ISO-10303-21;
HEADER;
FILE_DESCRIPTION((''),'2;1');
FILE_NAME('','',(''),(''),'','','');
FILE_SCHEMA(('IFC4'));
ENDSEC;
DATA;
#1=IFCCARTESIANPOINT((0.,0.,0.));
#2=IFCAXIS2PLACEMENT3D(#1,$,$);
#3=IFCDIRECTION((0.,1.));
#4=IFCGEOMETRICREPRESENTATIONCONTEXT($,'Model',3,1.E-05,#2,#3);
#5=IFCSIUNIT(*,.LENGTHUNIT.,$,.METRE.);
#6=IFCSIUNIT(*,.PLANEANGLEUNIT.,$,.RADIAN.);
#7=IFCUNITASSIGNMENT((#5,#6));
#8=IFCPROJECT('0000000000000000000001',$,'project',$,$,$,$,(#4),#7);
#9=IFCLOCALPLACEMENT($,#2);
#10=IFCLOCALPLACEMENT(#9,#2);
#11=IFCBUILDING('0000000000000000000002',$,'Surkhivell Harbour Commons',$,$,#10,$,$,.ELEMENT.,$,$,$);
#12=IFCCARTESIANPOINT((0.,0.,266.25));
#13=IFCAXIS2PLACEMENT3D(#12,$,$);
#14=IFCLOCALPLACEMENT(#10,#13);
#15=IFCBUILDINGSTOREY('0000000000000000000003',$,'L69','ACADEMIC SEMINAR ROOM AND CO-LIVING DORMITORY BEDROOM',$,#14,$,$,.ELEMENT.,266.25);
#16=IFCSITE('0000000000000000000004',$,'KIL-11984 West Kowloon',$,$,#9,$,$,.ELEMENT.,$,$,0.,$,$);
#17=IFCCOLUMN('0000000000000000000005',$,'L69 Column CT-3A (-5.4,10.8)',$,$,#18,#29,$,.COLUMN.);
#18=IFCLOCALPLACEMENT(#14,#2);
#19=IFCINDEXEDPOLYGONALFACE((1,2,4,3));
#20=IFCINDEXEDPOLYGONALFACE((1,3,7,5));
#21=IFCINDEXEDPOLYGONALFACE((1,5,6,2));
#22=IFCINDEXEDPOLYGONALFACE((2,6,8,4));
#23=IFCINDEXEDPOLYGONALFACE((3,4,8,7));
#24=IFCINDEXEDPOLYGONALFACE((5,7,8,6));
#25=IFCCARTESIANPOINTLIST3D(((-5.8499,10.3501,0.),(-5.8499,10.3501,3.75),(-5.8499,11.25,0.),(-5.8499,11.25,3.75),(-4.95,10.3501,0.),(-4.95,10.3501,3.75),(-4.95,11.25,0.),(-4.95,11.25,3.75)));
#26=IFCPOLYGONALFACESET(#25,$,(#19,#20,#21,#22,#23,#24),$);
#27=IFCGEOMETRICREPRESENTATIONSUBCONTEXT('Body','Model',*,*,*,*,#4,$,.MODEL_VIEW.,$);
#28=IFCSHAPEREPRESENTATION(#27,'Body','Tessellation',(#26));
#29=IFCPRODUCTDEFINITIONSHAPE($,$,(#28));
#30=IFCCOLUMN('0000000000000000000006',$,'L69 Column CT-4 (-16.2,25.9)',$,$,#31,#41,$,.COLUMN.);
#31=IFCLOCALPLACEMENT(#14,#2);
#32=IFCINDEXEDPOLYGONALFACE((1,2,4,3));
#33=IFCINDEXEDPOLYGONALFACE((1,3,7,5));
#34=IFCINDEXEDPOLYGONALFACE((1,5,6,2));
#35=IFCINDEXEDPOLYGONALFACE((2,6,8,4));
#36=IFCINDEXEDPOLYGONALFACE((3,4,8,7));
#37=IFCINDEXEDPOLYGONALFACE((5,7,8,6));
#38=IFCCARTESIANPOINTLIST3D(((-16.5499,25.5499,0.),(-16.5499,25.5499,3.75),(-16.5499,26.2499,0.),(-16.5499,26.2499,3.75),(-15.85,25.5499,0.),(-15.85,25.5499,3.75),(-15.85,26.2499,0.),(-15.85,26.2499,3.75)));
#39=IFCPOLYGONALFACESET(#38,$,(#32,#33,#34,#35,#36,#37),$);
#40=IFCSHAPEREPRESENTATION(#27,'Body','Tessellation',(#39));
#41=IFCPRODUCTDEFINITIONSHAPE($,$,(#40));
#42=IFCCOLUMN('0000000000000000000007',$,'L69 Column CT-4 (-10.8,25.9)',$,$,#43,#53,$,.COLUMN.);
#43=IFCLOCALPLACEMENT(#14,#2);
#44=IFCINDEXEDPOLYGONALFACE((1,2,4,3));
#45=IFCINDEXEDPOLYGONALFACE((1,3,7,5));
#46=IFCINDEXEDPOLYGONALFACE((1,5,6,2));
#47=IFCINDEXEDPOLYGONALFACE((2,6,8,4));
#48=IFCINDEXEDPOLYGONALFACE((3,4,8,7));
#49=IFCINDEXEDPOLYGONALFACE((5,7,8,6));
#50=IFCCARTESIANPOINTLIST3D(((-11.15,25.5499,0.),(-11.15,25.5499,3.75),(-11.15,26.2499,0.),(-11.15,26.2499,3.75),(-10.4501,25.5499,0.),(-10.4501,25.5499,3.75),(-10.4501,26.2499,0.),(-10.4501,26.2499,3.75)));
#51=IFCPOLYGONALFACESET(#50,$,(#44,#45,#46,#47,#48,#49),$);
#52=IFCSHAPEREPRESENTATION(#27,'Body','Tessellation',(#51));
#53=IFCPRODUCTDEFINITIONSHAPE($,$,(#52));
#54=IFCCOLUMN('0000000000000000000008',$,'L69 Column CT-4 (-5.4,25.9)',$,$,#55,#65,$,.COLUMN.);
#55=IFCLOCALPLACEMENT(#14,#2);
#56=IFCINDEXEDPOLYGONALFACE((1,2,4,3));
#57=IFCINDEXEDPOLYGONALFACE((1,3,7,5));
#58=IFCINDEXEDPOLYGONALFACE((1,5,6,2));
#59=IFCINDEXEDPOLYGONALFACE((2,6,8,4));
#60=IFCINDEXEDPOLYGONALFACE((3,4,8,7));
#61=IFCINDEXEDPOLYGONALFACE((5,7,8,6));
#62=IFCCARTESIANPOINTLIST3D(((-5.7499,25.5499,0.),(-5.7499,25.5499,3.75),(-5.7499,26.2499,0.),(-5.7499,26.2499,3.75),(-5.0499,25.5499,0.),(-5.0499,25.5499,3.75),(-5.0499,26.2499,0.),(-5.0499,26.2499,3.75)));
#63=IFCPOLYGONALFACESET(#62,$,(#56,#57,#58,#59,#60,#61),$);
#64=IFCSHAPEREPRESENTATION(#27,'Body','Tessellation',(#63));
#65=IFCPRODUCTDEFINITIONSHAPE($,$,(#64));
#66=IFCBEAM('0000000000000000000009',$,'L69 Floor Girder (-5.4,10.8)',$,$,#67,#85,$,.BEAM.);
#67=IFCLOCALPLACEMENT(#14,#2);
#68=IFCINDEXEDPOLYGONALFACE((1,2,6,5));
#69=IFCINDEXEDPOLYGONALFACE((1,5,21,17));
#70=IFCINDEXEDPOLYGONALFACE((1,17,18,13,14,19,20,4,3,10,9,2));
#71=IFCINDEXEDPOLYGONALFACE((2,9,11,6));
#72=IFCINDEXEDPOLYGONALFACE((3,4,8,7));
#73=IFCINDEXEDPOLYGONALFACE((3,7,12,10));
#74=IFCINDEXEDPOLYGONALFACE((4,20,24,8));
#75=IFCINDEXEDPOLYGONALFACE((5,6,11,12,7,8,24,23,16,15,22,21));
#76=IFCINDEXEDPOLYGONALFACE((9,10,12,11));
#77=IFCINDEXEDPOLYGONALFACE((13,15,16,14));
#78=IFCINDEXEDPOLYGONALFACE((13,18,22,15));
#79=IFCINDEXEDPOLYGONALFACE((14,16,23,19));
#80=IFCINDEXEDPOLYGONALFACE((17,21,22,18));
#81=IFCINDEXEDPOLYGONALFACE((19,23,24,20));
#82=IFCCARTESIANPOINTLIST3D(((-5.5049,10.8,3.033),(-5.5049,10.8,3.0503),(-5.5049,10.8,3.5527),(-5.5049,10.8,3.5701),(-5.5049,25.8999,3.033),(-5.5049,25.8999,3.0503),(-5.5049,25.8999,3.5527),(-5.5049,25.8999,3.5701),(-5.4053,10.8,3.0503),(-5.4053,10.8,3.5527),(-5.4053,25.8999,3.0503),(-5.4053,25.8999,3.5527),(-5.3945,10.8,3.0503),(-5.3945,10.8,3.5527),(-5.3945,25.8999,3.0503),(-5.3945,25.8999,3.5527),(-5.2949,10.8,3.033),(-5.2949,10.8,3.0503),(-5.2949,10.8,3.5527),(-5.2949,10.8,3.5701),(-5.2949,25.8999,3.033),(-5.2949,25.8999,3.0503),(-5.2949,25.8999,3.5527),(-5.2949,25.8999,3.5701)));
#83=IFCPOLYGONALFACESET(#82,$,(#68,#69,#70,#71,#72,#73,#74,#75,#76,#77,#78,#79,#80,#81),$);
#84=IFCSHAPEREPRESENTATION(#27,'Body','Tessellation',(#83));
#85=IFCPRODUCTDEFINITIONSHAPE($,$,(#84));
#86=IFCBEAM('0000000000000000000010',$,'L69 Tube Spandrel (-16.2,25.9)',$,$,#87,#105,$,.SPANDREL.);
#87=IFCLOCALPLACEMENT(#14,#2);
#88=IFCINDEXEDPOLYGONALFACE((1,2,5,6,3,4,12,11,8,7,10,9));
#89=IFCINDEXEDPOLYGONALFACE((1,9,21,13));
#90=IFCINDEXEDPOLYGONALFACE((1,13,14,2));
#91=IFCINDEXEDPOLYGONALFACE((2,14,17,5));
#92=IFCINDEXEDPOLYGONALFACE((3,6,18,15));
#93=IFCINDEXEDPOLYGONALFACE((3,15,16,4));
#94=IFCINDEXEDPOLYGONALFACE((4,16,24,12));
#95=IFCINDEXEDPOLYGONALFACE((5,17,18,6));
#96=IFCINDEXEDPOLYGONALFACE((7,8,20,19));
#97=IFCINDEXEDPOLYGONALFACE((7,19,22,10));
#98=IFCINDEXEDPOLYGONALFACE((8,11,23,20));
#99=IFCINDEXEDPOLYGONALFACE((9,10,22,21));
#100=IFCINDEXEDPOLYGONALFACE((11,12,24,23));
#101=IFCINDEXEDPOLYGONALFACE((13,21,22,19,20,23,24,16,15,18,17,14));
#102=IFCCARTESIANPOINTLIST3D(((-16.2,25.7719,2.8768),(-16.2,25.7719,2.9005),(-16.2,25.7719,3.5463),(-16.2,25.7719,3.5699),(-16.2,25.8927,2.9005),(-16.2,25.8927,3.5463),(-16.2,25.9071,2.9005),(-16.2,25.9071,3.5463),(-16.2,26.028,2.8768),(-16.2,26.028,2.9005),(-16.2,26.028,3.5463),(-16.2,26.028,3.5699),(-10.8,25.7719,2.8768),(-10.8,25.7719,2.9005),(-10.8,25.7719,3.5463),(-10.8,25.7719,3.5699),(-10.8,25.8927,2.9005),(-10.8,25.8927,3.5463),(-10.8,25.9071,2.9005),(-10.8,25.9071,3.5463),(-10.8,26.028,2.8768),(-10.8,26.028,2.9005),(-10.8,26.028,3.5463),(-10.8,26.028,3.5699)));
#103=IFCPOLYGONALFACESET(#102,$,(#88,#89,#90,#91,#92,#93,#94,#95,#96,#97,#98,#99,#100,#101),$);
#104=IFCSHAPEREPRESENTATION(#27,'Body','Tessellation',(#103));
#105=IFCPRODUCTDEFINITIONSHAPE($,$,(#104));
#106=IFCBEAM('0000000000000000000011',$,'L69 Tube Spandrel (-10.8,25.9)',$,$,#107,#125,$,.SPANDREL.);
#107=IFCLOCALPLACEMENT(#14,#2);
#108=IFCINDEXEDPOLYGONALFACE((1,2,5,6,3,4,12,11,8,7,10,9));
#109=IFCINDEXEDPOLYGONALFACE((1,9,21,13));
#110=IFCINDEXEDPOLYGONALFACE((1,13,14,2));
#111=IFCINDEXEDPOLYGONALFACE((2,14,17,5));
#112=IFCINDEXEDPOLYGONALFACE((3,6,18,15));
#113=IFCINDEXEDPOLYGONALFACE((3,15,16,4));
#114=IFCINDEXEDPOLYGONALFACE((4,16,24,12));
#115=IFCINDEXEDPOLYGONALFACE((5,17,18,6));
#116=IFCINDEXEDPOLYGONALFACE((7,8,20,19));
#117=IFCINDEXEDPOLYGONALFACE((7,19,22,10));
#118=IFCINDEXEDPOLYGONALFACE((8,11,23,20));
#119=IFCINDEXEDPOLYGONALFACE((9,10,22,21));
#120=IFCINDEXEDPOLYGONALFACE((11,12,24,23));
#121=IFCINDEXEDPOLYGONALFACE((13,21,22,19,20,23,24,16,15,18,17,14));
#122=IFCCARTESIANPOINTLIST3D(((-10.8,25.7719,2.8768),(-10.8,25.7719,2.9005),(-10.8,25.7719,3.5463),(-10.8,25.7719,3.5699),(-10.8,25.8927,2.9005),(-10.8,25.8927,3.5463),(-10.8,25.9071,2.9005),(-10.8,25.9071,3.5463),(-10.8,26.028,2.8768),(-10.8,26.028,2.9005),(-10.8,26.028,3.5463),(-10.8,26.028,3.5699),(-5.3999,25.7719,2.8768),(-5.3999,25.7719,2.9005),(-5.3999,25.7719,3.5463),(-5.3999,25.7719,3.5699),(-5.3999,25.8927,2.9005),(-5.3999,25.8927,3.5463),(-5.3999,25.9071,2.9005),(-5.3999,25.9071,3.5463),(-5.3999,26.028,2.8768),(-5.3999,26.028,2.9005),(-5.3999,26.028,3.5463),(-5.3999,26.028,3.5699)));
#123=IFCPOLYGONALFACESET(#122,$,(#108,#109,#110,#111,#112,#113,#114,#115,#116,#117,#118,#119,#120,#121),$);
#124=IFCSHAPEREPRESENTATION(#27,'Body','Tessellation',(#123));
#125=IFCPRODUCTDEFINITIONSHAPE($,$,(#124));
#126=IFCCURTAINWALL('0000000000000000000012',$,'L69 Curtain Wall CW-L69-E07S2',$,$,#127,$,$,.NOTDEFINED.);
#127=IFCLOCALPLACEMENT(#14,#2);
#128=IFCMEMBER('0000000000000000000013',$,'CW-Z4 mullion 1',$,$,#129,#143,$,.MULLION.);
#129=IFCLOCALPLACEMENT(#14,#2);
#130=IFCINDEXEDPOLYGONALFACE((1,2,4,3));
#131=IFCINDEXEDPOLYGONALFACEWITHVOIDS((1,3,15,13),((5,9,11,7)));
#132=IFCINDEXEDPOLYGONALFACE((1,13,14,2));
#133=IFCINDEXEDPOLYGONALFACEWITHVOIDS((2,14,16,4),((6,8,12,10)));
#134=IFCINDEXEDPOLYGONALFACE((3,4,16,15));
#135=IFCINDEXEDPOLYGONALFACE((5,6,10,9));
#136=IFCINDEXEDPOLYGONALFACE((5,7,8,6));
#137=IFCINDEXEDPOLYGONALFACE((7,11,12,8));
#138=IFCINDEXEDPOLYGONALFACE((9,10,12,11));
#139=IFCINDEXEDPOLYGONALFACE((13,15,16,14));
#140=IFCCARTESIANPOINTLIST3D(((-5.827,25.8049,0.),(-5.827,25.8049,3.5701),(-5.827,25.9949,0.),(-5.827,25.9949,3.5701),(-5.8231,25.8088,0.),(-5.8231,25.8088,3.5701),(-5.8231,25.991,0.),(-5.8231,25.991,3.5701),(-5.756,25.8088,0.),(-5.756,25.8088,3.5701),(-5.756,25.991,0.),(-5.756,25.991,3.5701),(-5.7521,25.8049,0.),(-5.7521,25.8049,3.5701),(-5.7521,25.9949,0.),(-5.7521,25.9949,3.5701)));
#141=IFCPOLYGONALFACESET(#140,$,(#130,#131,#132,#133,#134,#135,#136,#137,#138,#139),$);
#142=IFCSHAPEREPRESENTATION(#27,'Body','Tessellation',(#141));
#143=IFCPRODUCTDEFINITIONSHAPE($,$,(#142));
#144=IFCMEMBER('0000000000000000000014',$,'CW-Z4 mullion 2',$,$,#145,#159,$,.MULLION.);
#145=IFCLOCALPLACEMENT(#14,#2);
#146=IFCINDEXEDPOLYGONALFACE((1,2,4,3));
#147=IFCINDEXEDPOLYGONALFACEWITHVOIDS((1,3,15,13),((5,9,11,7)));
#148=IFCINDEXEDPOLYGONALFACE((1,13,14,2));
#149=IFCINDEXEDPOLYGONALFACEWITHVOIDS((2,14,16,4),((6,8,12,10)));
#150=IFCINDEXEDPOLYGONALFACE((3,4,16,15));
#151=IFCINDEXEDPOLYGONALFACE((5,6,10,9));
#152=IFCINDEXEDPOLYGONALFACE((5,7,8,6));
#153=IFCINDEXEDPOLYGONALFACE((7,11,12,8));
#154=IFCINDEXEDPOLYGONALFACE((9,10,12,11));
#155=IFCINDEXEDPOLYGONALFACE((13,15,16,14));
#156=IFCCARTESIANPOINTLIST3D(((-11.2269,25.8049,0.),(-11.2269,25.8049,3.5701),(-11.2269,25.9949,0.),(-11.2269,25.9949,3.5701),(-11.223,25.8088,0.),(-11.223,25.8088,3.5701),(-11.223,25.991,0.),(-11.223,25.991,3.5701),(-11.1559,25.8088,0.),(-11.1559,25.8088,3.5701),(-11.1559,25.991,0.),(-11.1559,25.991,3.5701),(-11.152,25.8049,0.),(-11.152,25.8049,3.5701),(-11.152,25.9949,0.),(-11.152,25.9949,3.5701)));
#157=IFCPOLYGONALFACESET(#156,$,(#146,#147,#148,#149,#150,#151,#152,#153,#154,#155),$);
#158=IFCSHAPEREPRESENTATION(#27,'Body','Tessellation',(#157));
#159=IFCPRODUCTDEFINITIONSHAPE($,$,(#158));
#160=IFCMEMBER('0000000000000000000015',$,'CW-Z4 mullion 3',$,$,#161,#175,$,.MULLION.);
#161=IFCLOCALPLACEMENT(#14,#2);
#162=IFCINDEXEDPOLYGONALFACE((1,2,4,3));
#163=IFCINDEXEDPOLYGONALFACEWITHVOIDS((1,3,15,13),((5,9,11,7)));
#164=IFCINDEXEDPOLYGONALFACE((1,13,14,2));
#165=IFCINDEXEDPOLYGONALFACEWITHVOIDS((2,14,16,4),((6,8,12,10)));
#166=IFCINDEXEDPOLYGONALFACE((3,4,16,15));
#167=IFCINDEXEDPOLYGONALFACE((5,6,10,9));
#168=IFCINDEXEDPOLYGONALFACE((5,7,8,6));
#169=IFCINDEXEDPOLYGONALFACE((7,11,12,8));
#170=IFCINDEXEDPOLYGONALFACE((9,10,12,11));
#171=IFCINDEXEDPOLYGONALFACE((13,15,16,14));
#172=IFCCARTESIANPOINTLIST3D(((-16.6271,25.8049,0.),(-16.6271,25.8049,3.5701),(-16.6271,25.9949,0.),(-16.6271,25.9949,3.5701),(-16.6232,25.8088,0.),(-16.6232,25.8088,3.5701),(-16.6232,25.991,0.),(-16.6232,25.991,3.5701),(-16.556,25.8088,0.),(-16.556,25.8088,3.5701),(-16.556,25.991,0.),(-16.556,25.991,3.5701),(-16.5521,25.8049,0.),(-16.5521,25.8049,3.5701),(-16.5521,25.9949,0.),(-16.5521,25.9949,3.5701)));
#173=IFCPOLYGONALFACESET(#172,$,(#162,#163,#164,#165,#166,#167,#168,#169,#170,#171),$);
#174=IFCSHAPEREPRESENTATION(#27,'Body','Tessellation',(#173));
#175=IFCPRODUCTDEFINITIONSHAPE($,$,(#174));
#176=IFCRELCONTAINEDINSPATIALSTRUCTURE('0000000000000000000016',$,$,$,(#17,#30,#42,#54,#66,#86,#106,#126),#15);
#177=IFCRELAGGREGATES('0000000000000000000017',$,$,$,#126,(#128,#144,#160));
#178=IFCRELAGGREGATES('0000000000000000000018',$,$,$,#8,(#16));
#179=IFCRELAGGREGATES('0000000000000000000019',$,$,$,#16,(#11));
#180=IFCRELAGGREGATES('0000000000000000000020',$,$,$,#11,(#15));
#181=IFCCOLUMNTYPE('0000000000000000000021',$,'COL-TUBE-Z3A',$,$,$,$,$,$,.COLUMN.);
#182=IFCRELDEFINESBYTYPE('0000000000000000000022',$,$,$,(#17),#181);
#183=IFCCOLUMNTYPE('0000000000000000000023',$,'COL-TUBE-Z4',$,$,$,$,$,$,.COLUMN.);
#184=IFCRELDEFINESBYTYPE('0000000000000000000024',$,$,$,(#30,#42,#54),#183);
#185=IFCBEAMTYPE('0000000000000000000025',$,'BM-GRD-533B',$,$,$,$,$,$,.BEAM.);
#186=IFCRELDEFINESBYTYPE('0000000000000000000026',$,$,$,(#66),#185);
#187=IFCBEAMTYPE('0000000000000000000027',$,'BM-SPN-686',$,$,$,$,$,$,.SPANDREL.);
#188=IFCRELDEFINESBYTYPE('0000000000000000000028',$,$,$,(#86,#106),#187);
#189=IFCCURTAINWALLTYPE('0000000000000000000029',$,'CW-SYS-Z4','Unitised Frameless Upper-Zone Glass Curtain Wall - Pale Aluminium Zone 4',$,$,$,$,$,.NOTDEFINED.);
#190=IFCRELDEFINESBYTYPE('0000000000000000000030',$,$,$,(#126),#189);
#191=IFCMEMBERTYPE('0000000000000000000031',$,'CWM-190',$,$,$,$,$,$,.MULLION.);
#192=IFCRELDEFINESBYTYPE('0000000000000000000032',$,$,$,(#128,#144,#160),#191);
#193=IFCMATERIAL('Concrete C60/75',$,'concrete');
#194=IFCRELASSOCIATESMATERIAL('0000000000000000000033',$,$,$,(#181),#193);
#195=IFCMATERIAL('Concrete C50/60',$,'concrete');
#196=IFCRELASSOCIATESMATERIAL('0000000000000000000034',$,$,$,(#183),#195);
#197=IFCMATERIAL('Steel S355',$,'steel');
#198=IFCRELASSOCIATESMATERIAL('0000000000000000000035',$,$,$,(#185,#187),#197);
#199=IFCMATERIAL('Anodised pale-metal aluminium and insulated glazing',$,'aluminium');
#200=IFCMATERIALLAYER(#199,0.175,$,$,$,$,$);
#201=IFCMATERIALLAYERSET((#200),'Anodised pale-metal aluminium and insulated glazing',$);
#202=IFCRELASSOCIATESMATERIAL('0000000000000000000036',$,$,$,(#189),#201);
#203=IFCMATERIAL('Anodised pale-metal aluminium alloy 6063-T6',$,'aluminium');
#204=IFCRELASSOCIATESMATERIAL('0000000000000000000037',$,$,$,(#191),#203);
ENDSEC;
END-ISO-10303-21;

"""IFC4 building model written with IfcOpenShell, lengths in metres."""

from ifc_helpers import new_model, si_unit, direction, frame, origin, origin_2d, place, context, subcontext, project, spatial, rectangle, hollow_rectangle, i_section, extrude, material, layer, layer_set, material_profile, profile_set, type_object, element, aggregate, save


model = new_model("IFC4")

# Units and contexts
model_context = context("Model", 3, precision=1e-05, world=origin(), true_north=direction((0.0, 1.0)))
body_context = subcontext(model_context, "Body", "Model", "MODEL_VIEW")
ifc_project = project(units=[si_unit("LENGTHUNIT", "METRE"), si_unit("PLANEANGLEUNIT", "RADIAN")], contexts=[model_context])

# Site, building, storey
site_placement = place(None, origin())
site = spatial("IfcSite", under=ifc_project, at=site_placement, Name="KIL-11984 West Kowloon", CompositionType="ELEMENT", RefElevation=0.0)
building_placement = place(site_placement, origin())
building = spatial("IfcBuilding", under=site, at=building_placement, Name="Surkhivell Harbour Commons", CompositionType="ELEMENT")
storey_placement = place(building_placement, frame((0.0, 0.0, 266.25)))
storey = spatial("IfcBuildingStorey", under=building, at=storey_placement, Name="L69", Description="ACADEMIC SEMINAR ROOM AND CO-LIVING DORMITORY BEDROOM", CompositionType="ELEMENT", Elevation=266.25)

# Columns
ifc_material_1 = material(Name="Concrete C60/75", Category="concrete")
ifc_material_profile_1 = material_profile(ifc_material_1, rectangle(XDim=0.8999, YDim=0.8999, at=origin_2d()), Name="RC-COL-900x900")
ifc_profile_set_1 = profile_set([ifc_material_profile_1], Name="Concrete C60/75")
column_type_1 = type_object("IfcColumnType", Name="COL-TUBE-Z3A", PredefinedType="COLUMN", material=ifc_profile_set_1)
column_placement = place(storey_placement, frame((-5.3999, 10.8, 0.0), z_axis=(0.0, 0.0, 1.0), x_axis=(1.0, 0.0, 0.0)))
element("IfcColumn", 1, at=column_placement, inside=storey, type_object=column_type_1, Name="L69 Column CT-3A (-5.4,10.8)", PredefinedType="COLUMN", context=body_context, shape_type="SweptSolid", body=[
    extrude(rectangle(XDim=0.8999, YDim=0.8999, at=origin_2d()), origin(), (0.0, 0.0, 1.0), 3.75),
])
ifc_material_2 = material(Name="Concrete C50/60", Category="concrete")
ifc_material_profile_2 = material_profile(ifc_material_2, rectangle(XDim=0.7, YDim=0.7, at=origin_2d()), Name="RC-COL-700x700")
ifc_profile_set_2 = profile_set([ifc_material_profile_2], Name="Concrete C50/60")
column_type_2 = type_object("IfcColumnType", Name="COL-TUBE-Z4", PredefinedType="COLUMN", material=ifc_profile_set_2)
for number, where, z_axis, x_axis, name in (
    (2, (-16.2, 25.8999, 0.0), (0.0, 0.0, 1.0), (1.0, 0.0, 0.0), "L69 Column CT-4 (-16.2,25.9)"),
    (3, (-10.8, 25.8999, 0.0), (0.0, 0.0, 1.0), (1.0, 0.0, 0.0), "L69 Column CT-4 (-10.8,25.9)"),
    (4, (-5.3999, 25.8999, 0.0), (0.0, 0.0, 1.0), (1.0, 0.0, 0.0), "L69 Column CT-4 (-5.4,25.9)"),
):
    element("IfcColumn", number, at=place(storey_placement, frame(where, z_axis=z_axis, x_axis=x_axis)), inside=storey, type_object=column_type_2, Name=name, PredefinedType="COLUMN", context=body_context, shape_type="SweptSolid", body=[
        extrude(rectangle(XDim=0.7, YDim=0.7, at=origin_2d()), origin(), (0.0, 0.0, 1.0), 3.75),
    ])

# Beams
ifc_material_3 = material(Name="Steel S355", Category="steel")
ifc_material_profile_3 = material_profile(ifc_material_3, i_section(OverallWidth=0.21, OverallDepth=0.5371, WebThickness=0.0107, FlangeThickness=0.0173, at=origin_2d()), Name="UB533x210x101")
ifc_profile_set_3 = profile_set([ifc_material_profile_3], Name="Steel S355")
beam_type_1 = type_object("IfcBeamType", Name="BM-GRD-533B", PredefinedType="BEAM", material=ifc_profile_set_3)
beam_1_placement = place(storey_placement, frame((-5.3999, 10.8, 3.3015), z_axis=(0.0, 1.0, 0.0), x_axis=(-1.0, 0.0, 0.0)))
element("IfcBeam", 5, at=beam_1_placement, inside=storey, type_object=beam_type_1, Name="L69 Floor Girder (-5.4,10.8)", PredefinedType="BEAM", context=body_context, shape_type="SweptSolid", body=[
    extrude(i_section(OverallWidth=0.21, OverallDepth=0.5371, WebThickness=0.0107, FlangeThickness=0.0173, at=origin_2d()), origin(), (0.0, 0.0, 1.0), 15.0999),
])
ifc_material_profile_4 = material_profile(ifc_material_3, i_section(OverallWidth=0.2561, OverallDepth=0.6931, WebThickness=0.0144, FlangeThickness=0.0237, at=origin_2d()), Name="UB686x254x170")
ifc_profile_set_4 = profile_set([ifc_material_profile_4], Name="Steel S355")
beam_type_2 = type_object("IfcBeamType", Name="BM-SPN-686", PredefinedType="SPANDREL", material=ifc_profile_set_4)
beam_2_placement = place(storey_placement, frame((-16.2, 25.8999, 3.2234), z_axis=(1.0, 0.0, 0.0), x_axis=(0.0, 1.0, 0.0)))
element("IfcBeam", 6, at=beam_2_placement, inside=storey, type_object=beam_type_2, Name="L69 Tube Spandrel (-16.2,25.9)", PredefinedType="SPANDREL", context=body_context, shape_type="SweptSolid", body=[
    extrude(i_section(OverallWidth=0.2561, OverallDepth=0.6931, WebThickness=0.0144, FlangeThickness=0.0237, at=origin_2d()), origin(), (0.0, 0.0, 1.0), 5.3999),
])
beam_3_placement = place(storey_placement, frame((-10.8, 25.8999, 3.2234), z_axis=(1.0, 0.0, 0.0), x_axis=(0.0, 1.0, 0.0)))
element("IfcBeam", 7, at=beam_3_placement, inside=storey, type_object=beam_type_2, Name="L69 Tube Spandrel (-10.8,25.9)", PredefinedType="SPANDREL", context=body_context, shape_type="SweptSolid", body=[
    extrude(i_section(OverallWidth=0.2561, OverallDepth=0.6931, WebThickness=0.0144, FlangeThickness=0.0237, at=origin_2d()), origin(), (0.0, 0.0, 1.0), 5.4001),
])

# Curtain wall, members
ifc_material_4 = material(Name="Anodised pale-metal aluminium and insulated glazing", Category="aluminium")
ifc_layer_1 = layer(ifc_material_4, 0.175)
ifc_layer_set_1 = layer_set([ifc_layer_1], Name="Anodised pale-metal aluminium and insulated glazing")
curtain_wall_type = type_object("IfcCurtainWallType", Name="CW-SYS-Z4", Description="Unitised Frameless Upper-Zone Glass Curtain Wall - Pale Aluminium Zone 4", PredefinedType="NOTDEFINED", material=ifc_layer_set_1)
curtain_wall_placement = place(storey_placement, origin())
curtain_wall = element("IfcCurtainWall", 8, at=curtain_wall_placement, inside=storey, type_object=curtain_wall_type, Name="L69 Curtain Wall CW-L69-E07S2", PredefinedType="NOTDEFINED")
ifc_material_5 = material(Name="Anodised pale-metal aluminium alloy 6063-T6", Category="aluminium")
ifc_material_profile_5 = material_profile(ifc_material_5, hollow_rectangle(XDim=0.075, YDim=0.1899, WallThickness=0.0039, at=origin_2d()), Name="ALU-MULL-75x190")
ifc_profile_set_5 = profile_set([ifc_material_profile_5], Name="Anodised pale-metal aluminium alloy 6063-T6")
member_type_1 = type_object("IfcMemberType", Name="CWM-190", PredefinedType="MULLION", material=ifc_profile_set_5)
member_1_placement = place(storey_placement, frame((-5.7896, 25.8999, 0.0), z_axis=(0.0, 0.0, 1.0), x_axis=(-1.0, 0.0, 0.0)))
member_1 = element("IfcMember", 9, at=member_1_placement, type_object=member_type_1, Name="CW-Z4 mullion 1", PredefinedType="MULLION", context=body_context, shape_type="SweptSolid", body=[
    extrude(hollow_rectangle(XDim=0.075, YDim=0.1899, WallThickness=0.0039, at=origin_2d()), origin(), (0.0, 0.0, 1.0), 3.5701),
])
member_2_placement = place(storey_placement, frame((-11.1895, 25.8999, 0.0), z_axis=(0.0, 0.0, 1.0), x_axis=(-1.0, 0.0, 0.0)))
member_2 = element("IfcMember", 10, at=member_2_placement, type_object=member_type_1, Name="CW-Z4 mullion 2", PredefinedType="MULLION", context=body_context, shape_type="SweptSolid", body=[
    extrude(hollow_rectangle(XDim=0.075, YDim=0.1899, WallThickness=0.0039, at=origin_2d()), origin(), (0.0, 0.0, 1.0), 3.5701),
])
member_3_placement = place(storey_placement, frame((-16.5896, 25.8999, 0.0), z_axis=(0.0, 0.0, 1.0), x_axis=(-1.0, 0.0, 0.0)))
member_3 = element("IfcMember", 11, at=member_3_placement, type_object=member_type_1, Name="CW-Z4 mullion 3", PredefinedType="MULLION", context=body_context, shape_type="SweptSolid", body=[
    extrude(hollow_rectangle(XDim=0.075, YDim=0.1899, WallThickness=0.0039, at=origin_2d()), origin(), (0.0, 0.0, 1.0), 3.5701),
])
aggregate(curtain_wall, [member_1, member_2, member_3])

save(model, "model.ifc")
